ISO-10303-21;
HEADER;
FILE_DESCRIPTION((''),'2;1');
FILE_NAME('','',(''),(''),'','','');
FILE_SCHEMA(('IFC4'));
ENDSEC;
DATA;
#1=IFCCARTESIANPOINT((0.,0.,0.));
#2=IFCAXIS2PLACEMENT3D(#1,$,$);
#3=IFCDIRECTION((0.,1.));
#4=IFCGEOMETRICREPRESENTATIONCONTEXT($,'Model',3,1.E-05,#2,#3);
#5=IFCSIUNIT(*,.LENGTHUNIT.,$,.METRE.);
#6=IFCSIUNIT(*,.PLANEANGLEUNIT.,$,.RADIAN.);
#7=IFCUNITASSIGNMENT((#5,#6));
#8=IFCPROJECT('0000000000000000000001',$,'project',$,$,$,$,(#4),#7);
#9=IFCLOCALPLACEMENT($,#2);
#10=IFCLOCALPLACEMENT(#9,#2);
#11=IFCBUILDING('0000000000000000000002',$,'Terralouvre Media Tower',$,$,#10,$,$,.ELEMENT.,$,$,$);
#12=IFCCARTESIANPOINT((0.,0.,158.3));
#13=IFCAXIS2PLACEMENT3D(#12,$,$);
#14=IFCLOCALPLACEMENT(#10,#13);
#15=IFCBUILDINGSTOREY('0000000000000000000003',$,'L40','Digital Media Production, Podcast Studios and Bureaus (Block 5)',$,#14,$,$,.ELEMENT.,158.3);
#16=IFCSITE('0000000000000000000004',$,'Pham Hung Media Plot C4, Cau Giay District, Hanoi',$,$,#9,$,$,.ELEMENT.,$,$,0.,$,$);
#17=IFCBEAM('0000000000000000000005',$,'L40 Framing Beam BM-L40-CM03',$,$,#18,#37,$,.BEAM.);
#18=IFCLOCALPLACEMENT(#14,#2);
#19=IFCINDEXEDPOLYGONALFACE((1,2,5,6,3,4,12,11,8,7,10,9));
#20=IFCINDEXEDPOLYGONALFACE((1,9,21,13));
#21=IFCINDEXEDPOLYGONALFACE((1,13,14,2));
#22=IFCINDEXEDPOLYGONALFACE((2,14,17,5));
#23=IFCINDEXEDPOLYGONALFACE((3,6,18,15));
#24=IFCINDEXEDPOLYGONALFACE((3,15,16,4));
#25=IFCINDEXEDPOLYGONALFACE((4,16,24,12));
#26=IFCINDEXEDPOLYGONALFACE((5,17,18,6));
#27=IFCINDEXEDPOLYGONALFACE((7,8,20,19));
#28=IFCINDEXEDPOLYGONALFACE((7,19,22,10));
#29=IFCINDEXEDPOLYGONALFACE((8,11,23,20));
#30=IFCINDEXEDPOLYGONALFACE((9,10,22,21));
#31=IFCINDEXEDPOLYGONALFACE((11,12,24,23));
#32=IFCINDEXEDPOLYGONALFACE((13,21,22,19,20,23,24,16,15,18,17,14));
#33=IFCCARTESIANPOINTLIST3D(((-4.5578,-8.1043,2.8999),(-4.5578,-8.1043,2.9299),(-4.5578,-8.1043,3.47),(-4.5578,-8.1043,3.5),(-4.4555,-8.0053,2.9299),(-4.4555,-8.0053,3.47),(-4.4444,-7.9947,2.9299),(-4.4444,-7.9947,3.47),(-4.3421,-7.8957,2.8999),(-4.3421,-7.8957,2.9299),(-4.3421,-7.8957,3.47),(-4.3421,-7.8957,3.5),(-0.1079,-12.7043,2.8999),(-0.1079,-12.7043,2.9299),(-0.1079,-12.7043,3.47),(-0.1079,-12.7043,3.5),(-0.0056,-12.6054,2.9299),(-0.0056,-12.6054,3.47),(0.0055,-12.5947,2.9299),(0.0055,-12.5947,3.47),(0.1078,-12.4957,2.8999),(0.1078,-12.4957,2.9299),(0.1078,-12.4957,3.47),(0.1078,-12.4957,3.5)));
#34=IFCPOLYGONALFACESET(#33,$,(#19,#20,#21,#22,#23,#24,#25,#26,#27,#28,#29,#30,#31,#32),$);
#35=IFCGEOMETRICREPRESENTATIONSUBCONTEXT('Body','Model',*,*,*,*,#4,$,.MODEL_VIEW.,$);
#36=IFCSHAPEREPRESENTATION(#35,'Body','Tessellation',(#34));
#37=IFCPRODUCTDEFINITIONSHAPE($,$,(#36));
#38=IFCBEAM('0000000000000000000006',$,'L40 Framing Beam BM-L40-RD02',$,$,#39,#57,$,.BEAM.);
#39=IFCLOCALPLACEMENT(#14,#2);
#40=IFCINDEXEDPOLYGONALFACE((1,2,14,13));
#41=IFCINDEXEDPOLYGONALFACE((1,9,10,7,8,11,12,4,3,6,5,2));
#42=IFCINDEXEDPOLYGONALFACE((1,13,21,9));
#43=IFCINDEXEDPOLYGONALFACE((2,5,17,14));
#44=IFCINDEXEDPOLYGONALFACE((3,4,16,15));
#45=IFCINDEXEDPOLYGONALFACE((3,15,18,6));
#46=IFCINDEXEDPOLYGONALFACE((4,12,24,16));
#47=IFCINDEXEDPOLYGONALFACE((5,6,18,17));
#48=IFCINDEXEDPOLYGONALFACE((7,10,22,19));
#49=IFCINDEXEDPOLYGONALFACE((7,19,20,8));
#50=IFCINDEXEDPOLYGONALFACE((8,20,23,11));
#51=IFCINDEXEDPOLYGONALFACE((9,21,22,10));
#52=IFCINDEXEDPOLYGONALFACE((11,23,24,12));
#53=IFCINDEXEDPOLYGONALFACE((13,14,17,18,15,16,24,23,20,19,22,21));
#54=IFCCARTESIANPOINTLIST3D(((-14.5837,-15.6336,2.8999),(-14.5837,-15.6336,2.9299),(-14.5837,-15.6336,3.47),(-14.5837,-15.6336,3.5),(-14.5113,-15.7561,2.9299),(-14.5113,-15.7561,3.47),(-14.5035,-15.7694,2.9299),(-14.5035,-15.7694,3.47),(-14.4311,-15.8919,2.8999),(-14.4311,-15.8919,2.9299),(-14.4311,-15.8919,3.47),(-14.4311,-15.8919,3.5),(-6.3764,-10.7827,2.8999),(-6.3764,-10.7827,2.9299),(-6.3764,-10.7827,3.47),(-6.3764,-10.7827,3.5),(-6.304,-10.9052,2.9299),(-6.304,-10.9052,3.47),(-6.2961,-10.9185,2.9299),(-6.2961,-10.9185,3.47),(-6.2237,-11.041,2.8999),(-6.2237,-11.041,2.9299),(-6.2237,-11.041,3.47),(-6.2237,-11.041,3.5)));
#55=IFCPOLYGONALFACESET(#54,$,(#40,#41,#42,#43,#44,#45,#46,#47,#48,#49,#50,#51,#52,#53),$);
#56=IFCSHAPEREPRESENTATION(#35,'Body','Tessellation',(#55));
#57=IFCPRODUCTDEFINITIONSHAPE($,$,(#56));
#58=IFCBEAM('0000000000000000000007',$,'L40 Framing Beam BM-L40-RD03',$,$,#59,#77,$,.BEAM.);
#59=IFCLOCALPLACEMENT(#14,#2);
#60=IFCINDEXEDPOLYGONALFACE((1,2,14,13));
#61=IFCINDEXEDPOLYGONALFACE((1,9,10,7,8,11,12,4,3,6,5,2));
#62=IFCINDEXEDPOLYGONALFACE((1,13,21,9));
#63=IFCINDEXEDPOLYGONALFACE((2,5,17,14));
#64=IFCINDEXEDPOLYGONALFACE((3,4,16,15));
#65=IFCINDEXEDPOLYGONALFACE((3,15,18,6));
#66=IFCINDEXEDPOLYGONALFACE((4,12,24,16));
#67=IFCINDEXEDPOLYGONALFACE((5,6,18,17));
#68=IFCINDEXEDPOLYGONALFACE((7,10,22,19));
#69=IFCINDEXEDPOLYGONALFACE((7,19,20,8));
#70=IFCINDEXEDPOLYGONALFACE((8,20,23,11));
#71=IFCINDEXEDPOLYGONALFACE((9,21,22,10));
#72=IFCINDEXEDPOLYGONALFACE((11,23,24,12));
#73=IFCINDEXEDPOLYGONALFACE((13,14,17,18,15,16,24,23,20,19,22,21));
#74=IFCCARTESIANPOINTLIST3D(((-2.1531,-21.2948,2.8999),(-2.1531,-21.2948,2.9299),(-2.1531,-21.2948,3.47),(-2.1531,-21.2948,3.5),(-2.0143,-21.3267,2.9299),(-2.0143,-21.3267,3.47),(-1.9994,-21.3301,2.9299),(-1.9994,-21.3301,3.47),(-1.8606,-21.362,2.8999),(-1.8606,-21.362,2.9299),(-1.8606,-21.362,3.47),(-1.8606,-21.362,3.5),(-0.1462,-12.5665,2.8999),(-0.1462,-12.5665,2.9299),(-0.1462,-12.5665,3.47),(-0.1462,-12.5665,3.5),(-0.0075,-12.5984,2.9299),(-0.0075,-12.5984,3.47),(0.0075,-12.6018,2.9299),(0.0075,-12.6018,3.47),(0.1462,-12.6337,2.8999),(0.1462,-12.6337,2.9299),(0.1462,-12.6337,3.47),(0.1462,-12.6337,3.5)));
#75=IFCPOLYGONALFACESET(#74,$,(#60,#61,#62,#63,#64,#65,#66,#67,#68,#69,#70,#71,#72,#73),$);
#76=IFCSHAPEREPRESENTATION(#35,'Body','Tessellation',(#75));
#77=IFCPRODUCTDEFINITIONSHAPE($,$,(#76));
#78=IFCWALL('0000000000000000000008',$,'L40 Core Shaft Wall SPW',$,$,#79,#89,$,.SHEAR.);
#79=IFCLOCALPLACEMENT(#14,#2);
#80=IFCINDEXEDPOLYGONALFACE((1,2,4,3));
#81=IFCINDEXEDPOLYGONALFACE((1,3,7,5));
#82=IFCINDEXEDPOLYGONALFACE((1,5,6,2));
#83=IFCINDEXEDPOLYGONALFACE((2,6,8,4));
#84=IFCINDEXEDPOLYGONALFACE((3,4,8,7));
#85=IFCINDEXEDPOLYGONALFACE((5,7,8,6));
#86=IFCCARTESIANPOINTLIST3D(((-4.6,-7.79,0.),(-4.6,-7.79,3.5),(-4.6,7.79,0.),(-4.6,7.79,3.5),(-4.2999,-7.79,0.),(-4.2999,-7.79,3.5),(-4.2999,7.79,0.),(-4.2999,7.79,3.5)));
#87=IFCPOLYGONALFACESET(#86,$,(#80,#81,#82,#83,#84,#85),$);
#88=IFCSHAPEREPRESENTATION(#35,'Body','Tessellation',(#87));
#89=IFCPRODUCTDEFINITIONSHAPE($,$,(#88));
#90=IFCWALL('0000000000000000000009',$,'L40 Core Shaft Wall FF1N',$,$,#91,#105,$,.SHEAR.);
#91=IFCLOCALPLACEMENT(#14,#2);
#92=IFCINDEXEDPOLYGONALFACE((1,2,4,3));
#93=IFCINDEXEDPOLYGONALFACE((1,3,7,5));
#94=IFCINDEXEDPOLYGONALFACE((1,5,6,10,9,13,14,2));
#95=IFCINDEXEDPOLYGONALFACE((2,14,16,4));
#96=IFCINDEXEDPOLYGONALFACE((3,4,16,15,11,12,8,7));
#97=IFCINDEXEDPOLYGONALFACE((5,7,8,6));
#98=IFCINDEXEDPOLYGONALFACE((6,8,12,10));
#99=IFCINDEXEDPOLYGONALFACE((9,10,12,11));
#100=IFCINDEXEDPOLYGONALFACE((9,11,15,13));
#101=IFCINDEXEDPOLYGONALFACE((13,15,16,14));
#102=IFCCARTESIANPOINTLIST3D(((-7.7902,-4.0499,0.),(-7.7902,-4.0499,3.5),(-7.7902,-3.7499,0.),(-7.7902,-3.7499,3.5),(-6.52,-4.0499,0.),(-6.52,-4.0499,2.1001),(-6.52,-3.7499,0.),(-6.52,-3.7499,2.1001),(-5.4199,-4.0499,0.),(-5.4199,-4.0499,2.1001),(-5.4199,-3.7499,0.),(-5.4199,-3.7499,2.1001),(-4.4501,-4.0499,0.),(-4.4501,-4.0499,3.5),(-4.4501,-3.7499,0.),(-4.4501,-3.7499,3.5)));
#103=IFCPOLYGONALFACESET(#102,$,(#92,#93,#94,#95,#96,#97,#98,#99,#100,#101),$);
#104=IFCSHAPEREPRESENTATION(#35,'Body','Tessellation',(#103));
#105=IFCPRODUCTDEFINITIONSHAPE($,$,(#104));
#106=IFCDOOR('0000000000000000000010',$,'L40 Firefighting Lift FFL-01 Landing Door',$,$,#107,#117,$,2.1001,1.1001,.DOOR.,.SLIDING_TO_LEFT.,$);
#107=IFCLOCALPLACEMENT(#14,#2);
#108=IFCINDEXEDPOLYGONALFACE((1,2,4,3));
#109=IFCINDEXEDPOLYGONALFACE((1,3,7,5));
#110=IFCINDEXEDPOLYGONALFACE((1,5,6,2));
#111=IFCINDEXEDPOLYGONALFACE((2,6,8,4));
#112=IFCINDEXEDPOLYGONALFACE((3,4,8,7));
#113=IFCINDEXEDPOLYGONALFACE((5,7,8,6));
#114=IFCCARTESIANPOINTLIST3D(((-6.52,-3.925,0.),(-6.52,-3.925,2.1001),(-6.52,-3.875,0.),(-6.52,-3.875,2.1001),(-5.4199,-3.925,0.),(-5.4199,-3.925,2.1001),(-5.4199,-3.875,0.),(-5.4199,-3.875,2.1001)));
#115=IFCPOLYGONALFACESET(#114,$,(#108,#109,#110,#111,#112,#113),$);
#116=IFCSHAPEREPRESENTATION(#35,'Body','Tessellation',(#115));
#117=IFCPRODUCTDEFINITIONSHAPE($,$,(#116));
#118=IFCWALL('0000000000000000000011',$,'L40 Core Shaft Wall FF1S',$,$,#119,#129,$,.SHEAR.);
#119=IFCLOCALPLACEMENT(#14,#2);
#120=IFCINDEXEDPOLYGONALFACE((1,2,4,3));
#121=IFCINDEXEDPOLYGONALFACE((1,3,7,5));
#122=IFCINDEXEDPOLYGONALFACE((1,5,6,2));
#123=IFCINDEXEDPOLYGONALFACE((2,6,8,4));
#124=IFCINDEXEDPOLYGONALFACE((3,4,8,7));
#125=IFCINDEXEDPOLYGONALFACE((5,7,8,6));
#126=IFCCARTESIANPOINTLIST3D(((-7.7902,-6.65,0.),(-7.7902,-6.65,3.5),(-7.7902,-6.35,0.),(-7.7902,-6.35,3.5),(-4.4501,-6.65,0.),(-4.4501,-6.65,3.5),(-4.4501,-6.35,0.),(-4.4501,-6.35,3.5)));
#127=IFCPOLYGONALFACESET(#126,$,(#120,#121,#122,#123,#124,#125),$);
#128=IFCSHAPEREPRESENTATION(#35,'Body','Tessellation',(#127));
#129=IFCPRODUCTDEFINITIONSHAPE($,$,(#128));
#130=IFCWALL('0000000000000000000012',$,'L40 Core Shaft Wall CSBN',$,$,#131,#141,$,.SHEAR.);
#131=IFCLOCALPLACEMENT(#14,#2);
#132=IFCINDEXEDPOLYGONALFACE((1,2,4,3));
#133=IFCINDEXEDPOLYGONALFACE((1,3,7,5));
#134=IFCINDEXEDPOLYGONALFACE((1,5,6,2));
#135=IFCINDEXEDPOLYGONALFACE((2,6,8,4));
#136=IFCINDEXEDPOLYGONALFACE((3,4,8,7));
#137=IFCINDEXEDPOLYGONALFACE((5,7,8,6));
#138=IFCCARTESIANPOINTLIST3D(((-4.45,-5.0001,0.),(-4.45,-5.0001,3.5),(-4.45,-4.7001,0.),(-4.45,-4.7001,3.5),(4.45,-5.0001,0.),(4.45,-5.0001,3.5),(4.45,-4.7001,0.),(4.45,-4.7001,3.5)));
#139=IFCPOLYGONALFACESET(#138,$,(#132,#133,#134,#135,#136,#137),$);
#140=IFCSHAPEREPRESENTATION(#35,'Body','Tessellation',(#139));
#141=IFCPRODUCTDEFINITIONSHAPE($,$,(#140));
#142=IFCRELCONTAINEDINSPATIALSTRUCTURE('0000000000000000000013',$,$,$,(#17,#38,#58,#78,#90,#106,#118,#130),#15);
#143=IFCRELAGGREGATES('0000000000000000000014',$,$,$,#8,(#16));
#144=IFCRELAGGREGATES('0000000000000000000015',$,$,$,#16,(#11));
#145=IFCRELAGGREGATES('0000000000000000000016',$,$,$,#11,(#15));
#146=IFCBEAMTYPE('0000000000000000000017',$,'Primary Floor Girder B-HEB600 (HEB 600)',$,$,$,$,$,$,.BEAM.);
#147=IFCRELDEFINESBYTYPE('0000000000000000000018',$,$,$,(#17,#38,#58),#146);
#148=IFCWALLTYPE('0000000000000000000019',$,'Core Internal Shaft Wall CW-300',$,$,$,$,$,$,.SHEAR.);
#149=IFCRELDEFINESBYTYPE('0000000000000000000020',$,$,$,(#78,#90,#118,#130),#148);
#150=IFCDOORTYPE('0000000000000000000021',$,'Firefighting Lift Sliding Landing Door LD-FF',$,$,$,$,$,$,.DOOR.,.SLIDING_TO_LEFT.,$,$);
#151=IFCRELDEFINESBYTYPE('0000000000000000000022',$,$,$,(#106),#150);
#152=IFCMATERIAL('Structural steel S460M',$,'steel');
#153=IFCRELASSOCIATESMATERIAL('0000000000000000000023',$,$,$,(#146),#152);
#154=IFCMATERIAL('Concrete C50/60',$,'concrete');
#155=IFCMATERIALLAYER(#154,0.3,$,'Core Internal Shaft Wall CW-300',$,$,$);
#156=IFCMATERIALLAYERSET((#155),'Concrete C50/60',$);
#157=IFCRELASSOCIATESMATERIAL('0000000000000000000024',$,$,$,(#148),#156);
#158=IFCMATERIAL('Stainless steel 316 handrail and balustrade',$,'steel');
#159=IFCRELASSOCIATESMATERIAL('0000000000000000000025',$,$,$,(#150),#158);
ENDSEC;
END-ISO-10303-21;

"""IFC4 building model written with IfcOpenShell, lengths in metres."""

from ifc_helpers import new_model, si_unit, direction, frame, frame_2d, origin, origin_2d, place, context, subcontext, project, spatial, rectangle, i_section, extrude, material, layer, layer_set, material_profile, profile_set, type_object, element, fill, save


model = new_model("IFC4")

# Units and contexts
model_context = context("Model", 3, precision=1e-05, world=origin(), true_north=direction((0.0, 1.0)))
body_context = subcontext(model_context, "Body", "Model", "MODEL_VIEW")
ifc_project = project(units=[si_unit("LENGTHUNIT", "METRE"), si_unit("PLANEANGLEUNIT", "RADIAN")], contexts=[model_context])

# Site, building, storey
site_placement = place(None, origin())
site = spatial("IfcSite", under=ifc_project, at=site_placement, Name="Pham Hung Media Plot C4, Cau Giay District, Hanoi", CompositionType="ELEMENT", RefElevation=0.0)
building_placement = place(site_placement, origin())
building = spatial("IfcBuilding", under=site, at=building_placement, Name="Terralouvre Media Tower", CompositionType="ELEMENT")
storey_placement = place(building_placement, frame((0.0, 0.0, 158.3)))
storey = spatial("IfcBuildingStorey", under=building, at=storey_placement, Name="L40", Description="Digital Media Production, Podcast Studios and Bureaus (Block 5)", CompositionType="ELEMENT", Elevation=158.3)

# Beams
ifc_material_1 = material(Name="Structural steel S460M", Category="steel")
ifc_material_profile_1 = material_profile(ifc_material_1, i_section(OverallWidth=0.3, OverallDepth=0.6001, WebThickness=0.0154, FlangeThickness=0.03, at=origin_2d()), Name="HEB 600")
ifc_profile_set_1 = profile_set([ifc_material_profile_1], Name="Structural steel S460M")
beam_type = type_object("IfcBeamType", Name="Primary Floor Girder B-HEB600 (HEB 600)", PredefinedType="BEAM", material=ifc_profile_set_1)
beam_1_placement = place(storey_placement, frame((-4.45, -8.0, 3.2), z_axis=(0.69528, -0.718739, 0.0), x_axis=(0.718739, 0.69528, 0.0)))
element("IfcBeam", 1, at=beam_1_placement, inside=storey, type_object=beam_type, Name="L40 Framing Beam BM-L40-CM03", PredefinedType="BEAM", context=body_context, shape_type="SweptSolid", body=[
    extrude(i_section(OverallWidth=0.3, OverallDepth=0.6001, WebThickness=0.0154, FlangeThickness=0.03, at=origin_2d()), origin(), (0.0, 0.0, 1.0), 6.4001),
])
beam_2_placement = place(storey_placement, frame((-6.3, -10.9119, 3.2), z_axis=(-0.860877, -0.508813, 0.0), x_axis=(0.508813, -0.860877, 0.0)))
element("IfcBeam", 2, at=beam_2_placement, inside=storey, type_object=beam_type, Name="L40 Framing Beam BM-L40-RD02", PredefinedType="BEAM", context=body_context, shape_type="SweptSolid", body=[
    extrude(i_section(OverallWidth=0.3, OverallDepth=0.6001, WebThickness=0.0154, FlangeThickness=0.03, at=origin_2d()), origin(), (0.0, 0.0, 1.0), 9.5337),
])
beam_3_placement = place(storey_placement, frame((0.0, -12.6001, 3.2), z_axis=(-0.224077, -0.974571, 0.0), x_axis=(0.974571, -0.224077, 0.0)))
element("IfcBeam", 3, at=beam_3_placement, inside=storey, type_object=beam_type, Name="L40 Framing Beam BM-L40-RD03", PredefinedType="BEAM", context=body_context, shape_type="SweptSolid", body=[
    extrude(i_section(OverallWidth=0.3, OverallDepth=0.6001, WebThickness=0.0154, FlangeThickness=0.03, at=origin_2d()), origin(), (0.0, 0.0, 1.0), 8.9561),
])

# Wall
ifc_material_2 = material(Name="Concrete C50/60", Category="concrete")
ifc_layer_1 = layer(ifc_material_2, 0.3, Name="Core Internal Shaft Wall CW-300")
ifc_layer_set_1 = layer_set([ifc_layer_1], Name="Concrete C50/60")
wall_type_1 = type_object("IfcWallType", Name="Core Internal Shaft Wall CW-300", PredefinedType="SHEAR", material=ifc_layer_set_1)
wall_1_placement = place(storey_placement, frame((-4.45, -7.79, 0.0), z_axis=(0.0, 0.0, 1.0), x_axis=(0.0, 1.0, 0.0)))
element("IfcWall", 4, at=wall_1_placement, inside=storey, type_object=wall_type_1, Name="L40 Core Shaft Wall SPW", PredefinedType="SHEAR", context=body_context, shape_type="SweptSolid", body=[
    extrude(rectangle(XDim=15.5801, YDim=0.3, at=frame_2d((7.79, 0.0))), origin(), (0.0, 0.0, 1.0), 3.5),
])

# Wall, opening, door
wall_2_placement = place(storey_placement, frame((-7.79, -3.8999, 0.0), z_axis=(0.0, 0.0, 1.0), x_axis=(1.0, 0.0, 0.0)))
wall_2 = element("IfcWall", 5, at=wall_2_placement, inside=storey, type_object=wall_type_1, Name="L40 Core Shaft Wall FF1N", PredefinedType="SHEAR", context=body_context, shape_type="SweptSolid", body=[
    extrude(rectangle(XDim=3.3401, YDim=0.3, at=frame_2d((1.6699, 0.0))), origin(), (0.0, 0.0, 1.0), 3.5),
])
opening_1_placement = place(wall_2_placement, frame((1.27, 0.0, 0.0)))
opening_1 = element("IfcOpeningElement", 6, at=opening_1_placement, cuts=wall_2, PredefinedType="OPENING", context=body_context, shape_type="SweptSolid", body=[
    extrude(rectangle(XDim=1.1001, YDim=2.1001, at=frame_2d((0.55, 1.05))), frame((0.0, 0.1599, 0.0), z_axis=(0.0, -1.0, 0.0), x_axis=(1.0, 0.0, 0.0)), (0.0, 0.0, 1.0), 0.3201),
])
ifc_material_3 = material(Name="Stainless steel 316 handrail and balustrade", Category="steel")
door_type_1 = type_object("IfcDoorType", Name="Firefighting Lift Sliding Landing Door LD-FF", OperationType="SLIDING_TO_LEFT", PredefinedType="DOOR", material=ifc_material_3)
door_1_placement = place(opening_1_placement, origin())
door_1 = element("IfcDoor", 7, at=door_1_placement, inside=storey, type_object=door_type_1, Name="L40 Firefighting Lift FFL-01 Landing Door", OperationType="SLIDING_TO_LEFT", OverallHeight=2.1001, OverallWidth=1.1001, PredefinedType="DOOR", context=body_context, shape_type="SweptSolid", body=[
    extrude(rectangle(XDim=1.1001, YDim=2.1001, at=frame_2d((0.55, 1.05))), frame((0.0, 0.0249, 0.0), z_axis=(0.0, -1.0, 0.0), x_axis=(1.0, 0.0, 0.0)), (0.0, 0.0, 1.0), 0.05),
])
fill(opening_1, door_1)

# Walls
wall_3_placement = place(storey_placement, frame((-7.79, -6.5, 0.0), z_axis=(0.0, 0.0, 1.0), x_axis=(1.0, 0.0, 0.0)))
element("IfcWall", 8, at=wall_3_placement, inside=storey, type_object=wall_type_1, Name="L40 Core Shaft Wall FF1S", PredefinedType="SHEAR", context=body_context, shape_type="SweptSolid", body=[
    extrude(rectangle(XDim=3.3401, YDim=0.3, at=frame_2d((1.6699, 0.0))), origin(), (0.0, 0.0, 1.0), 3.5),
])
wall_4_placement = place(storey_placement, frame((-4.45, -4.8501, 0.0), z_axis=(0.0, 0.0, 1.0), x_axis=(1.0, 0.0, 0.0)))
element("IfcWall", 9, at=wall_4_placement, inside=storey, type_object=wall_type_1, Name="L40 Core Shaft Wall CSBN", PredefinedType="SHEAR", context=body_context, shape_type="SweptSolid", body=[
    extrude(rectangle(XDim=8.8999, YDim=0.3, at=frame_2d((4.45, 0.0))), origin(), (0.0, 0.0, 1.0), 3.5),
])

save(model, "model.ifc")
